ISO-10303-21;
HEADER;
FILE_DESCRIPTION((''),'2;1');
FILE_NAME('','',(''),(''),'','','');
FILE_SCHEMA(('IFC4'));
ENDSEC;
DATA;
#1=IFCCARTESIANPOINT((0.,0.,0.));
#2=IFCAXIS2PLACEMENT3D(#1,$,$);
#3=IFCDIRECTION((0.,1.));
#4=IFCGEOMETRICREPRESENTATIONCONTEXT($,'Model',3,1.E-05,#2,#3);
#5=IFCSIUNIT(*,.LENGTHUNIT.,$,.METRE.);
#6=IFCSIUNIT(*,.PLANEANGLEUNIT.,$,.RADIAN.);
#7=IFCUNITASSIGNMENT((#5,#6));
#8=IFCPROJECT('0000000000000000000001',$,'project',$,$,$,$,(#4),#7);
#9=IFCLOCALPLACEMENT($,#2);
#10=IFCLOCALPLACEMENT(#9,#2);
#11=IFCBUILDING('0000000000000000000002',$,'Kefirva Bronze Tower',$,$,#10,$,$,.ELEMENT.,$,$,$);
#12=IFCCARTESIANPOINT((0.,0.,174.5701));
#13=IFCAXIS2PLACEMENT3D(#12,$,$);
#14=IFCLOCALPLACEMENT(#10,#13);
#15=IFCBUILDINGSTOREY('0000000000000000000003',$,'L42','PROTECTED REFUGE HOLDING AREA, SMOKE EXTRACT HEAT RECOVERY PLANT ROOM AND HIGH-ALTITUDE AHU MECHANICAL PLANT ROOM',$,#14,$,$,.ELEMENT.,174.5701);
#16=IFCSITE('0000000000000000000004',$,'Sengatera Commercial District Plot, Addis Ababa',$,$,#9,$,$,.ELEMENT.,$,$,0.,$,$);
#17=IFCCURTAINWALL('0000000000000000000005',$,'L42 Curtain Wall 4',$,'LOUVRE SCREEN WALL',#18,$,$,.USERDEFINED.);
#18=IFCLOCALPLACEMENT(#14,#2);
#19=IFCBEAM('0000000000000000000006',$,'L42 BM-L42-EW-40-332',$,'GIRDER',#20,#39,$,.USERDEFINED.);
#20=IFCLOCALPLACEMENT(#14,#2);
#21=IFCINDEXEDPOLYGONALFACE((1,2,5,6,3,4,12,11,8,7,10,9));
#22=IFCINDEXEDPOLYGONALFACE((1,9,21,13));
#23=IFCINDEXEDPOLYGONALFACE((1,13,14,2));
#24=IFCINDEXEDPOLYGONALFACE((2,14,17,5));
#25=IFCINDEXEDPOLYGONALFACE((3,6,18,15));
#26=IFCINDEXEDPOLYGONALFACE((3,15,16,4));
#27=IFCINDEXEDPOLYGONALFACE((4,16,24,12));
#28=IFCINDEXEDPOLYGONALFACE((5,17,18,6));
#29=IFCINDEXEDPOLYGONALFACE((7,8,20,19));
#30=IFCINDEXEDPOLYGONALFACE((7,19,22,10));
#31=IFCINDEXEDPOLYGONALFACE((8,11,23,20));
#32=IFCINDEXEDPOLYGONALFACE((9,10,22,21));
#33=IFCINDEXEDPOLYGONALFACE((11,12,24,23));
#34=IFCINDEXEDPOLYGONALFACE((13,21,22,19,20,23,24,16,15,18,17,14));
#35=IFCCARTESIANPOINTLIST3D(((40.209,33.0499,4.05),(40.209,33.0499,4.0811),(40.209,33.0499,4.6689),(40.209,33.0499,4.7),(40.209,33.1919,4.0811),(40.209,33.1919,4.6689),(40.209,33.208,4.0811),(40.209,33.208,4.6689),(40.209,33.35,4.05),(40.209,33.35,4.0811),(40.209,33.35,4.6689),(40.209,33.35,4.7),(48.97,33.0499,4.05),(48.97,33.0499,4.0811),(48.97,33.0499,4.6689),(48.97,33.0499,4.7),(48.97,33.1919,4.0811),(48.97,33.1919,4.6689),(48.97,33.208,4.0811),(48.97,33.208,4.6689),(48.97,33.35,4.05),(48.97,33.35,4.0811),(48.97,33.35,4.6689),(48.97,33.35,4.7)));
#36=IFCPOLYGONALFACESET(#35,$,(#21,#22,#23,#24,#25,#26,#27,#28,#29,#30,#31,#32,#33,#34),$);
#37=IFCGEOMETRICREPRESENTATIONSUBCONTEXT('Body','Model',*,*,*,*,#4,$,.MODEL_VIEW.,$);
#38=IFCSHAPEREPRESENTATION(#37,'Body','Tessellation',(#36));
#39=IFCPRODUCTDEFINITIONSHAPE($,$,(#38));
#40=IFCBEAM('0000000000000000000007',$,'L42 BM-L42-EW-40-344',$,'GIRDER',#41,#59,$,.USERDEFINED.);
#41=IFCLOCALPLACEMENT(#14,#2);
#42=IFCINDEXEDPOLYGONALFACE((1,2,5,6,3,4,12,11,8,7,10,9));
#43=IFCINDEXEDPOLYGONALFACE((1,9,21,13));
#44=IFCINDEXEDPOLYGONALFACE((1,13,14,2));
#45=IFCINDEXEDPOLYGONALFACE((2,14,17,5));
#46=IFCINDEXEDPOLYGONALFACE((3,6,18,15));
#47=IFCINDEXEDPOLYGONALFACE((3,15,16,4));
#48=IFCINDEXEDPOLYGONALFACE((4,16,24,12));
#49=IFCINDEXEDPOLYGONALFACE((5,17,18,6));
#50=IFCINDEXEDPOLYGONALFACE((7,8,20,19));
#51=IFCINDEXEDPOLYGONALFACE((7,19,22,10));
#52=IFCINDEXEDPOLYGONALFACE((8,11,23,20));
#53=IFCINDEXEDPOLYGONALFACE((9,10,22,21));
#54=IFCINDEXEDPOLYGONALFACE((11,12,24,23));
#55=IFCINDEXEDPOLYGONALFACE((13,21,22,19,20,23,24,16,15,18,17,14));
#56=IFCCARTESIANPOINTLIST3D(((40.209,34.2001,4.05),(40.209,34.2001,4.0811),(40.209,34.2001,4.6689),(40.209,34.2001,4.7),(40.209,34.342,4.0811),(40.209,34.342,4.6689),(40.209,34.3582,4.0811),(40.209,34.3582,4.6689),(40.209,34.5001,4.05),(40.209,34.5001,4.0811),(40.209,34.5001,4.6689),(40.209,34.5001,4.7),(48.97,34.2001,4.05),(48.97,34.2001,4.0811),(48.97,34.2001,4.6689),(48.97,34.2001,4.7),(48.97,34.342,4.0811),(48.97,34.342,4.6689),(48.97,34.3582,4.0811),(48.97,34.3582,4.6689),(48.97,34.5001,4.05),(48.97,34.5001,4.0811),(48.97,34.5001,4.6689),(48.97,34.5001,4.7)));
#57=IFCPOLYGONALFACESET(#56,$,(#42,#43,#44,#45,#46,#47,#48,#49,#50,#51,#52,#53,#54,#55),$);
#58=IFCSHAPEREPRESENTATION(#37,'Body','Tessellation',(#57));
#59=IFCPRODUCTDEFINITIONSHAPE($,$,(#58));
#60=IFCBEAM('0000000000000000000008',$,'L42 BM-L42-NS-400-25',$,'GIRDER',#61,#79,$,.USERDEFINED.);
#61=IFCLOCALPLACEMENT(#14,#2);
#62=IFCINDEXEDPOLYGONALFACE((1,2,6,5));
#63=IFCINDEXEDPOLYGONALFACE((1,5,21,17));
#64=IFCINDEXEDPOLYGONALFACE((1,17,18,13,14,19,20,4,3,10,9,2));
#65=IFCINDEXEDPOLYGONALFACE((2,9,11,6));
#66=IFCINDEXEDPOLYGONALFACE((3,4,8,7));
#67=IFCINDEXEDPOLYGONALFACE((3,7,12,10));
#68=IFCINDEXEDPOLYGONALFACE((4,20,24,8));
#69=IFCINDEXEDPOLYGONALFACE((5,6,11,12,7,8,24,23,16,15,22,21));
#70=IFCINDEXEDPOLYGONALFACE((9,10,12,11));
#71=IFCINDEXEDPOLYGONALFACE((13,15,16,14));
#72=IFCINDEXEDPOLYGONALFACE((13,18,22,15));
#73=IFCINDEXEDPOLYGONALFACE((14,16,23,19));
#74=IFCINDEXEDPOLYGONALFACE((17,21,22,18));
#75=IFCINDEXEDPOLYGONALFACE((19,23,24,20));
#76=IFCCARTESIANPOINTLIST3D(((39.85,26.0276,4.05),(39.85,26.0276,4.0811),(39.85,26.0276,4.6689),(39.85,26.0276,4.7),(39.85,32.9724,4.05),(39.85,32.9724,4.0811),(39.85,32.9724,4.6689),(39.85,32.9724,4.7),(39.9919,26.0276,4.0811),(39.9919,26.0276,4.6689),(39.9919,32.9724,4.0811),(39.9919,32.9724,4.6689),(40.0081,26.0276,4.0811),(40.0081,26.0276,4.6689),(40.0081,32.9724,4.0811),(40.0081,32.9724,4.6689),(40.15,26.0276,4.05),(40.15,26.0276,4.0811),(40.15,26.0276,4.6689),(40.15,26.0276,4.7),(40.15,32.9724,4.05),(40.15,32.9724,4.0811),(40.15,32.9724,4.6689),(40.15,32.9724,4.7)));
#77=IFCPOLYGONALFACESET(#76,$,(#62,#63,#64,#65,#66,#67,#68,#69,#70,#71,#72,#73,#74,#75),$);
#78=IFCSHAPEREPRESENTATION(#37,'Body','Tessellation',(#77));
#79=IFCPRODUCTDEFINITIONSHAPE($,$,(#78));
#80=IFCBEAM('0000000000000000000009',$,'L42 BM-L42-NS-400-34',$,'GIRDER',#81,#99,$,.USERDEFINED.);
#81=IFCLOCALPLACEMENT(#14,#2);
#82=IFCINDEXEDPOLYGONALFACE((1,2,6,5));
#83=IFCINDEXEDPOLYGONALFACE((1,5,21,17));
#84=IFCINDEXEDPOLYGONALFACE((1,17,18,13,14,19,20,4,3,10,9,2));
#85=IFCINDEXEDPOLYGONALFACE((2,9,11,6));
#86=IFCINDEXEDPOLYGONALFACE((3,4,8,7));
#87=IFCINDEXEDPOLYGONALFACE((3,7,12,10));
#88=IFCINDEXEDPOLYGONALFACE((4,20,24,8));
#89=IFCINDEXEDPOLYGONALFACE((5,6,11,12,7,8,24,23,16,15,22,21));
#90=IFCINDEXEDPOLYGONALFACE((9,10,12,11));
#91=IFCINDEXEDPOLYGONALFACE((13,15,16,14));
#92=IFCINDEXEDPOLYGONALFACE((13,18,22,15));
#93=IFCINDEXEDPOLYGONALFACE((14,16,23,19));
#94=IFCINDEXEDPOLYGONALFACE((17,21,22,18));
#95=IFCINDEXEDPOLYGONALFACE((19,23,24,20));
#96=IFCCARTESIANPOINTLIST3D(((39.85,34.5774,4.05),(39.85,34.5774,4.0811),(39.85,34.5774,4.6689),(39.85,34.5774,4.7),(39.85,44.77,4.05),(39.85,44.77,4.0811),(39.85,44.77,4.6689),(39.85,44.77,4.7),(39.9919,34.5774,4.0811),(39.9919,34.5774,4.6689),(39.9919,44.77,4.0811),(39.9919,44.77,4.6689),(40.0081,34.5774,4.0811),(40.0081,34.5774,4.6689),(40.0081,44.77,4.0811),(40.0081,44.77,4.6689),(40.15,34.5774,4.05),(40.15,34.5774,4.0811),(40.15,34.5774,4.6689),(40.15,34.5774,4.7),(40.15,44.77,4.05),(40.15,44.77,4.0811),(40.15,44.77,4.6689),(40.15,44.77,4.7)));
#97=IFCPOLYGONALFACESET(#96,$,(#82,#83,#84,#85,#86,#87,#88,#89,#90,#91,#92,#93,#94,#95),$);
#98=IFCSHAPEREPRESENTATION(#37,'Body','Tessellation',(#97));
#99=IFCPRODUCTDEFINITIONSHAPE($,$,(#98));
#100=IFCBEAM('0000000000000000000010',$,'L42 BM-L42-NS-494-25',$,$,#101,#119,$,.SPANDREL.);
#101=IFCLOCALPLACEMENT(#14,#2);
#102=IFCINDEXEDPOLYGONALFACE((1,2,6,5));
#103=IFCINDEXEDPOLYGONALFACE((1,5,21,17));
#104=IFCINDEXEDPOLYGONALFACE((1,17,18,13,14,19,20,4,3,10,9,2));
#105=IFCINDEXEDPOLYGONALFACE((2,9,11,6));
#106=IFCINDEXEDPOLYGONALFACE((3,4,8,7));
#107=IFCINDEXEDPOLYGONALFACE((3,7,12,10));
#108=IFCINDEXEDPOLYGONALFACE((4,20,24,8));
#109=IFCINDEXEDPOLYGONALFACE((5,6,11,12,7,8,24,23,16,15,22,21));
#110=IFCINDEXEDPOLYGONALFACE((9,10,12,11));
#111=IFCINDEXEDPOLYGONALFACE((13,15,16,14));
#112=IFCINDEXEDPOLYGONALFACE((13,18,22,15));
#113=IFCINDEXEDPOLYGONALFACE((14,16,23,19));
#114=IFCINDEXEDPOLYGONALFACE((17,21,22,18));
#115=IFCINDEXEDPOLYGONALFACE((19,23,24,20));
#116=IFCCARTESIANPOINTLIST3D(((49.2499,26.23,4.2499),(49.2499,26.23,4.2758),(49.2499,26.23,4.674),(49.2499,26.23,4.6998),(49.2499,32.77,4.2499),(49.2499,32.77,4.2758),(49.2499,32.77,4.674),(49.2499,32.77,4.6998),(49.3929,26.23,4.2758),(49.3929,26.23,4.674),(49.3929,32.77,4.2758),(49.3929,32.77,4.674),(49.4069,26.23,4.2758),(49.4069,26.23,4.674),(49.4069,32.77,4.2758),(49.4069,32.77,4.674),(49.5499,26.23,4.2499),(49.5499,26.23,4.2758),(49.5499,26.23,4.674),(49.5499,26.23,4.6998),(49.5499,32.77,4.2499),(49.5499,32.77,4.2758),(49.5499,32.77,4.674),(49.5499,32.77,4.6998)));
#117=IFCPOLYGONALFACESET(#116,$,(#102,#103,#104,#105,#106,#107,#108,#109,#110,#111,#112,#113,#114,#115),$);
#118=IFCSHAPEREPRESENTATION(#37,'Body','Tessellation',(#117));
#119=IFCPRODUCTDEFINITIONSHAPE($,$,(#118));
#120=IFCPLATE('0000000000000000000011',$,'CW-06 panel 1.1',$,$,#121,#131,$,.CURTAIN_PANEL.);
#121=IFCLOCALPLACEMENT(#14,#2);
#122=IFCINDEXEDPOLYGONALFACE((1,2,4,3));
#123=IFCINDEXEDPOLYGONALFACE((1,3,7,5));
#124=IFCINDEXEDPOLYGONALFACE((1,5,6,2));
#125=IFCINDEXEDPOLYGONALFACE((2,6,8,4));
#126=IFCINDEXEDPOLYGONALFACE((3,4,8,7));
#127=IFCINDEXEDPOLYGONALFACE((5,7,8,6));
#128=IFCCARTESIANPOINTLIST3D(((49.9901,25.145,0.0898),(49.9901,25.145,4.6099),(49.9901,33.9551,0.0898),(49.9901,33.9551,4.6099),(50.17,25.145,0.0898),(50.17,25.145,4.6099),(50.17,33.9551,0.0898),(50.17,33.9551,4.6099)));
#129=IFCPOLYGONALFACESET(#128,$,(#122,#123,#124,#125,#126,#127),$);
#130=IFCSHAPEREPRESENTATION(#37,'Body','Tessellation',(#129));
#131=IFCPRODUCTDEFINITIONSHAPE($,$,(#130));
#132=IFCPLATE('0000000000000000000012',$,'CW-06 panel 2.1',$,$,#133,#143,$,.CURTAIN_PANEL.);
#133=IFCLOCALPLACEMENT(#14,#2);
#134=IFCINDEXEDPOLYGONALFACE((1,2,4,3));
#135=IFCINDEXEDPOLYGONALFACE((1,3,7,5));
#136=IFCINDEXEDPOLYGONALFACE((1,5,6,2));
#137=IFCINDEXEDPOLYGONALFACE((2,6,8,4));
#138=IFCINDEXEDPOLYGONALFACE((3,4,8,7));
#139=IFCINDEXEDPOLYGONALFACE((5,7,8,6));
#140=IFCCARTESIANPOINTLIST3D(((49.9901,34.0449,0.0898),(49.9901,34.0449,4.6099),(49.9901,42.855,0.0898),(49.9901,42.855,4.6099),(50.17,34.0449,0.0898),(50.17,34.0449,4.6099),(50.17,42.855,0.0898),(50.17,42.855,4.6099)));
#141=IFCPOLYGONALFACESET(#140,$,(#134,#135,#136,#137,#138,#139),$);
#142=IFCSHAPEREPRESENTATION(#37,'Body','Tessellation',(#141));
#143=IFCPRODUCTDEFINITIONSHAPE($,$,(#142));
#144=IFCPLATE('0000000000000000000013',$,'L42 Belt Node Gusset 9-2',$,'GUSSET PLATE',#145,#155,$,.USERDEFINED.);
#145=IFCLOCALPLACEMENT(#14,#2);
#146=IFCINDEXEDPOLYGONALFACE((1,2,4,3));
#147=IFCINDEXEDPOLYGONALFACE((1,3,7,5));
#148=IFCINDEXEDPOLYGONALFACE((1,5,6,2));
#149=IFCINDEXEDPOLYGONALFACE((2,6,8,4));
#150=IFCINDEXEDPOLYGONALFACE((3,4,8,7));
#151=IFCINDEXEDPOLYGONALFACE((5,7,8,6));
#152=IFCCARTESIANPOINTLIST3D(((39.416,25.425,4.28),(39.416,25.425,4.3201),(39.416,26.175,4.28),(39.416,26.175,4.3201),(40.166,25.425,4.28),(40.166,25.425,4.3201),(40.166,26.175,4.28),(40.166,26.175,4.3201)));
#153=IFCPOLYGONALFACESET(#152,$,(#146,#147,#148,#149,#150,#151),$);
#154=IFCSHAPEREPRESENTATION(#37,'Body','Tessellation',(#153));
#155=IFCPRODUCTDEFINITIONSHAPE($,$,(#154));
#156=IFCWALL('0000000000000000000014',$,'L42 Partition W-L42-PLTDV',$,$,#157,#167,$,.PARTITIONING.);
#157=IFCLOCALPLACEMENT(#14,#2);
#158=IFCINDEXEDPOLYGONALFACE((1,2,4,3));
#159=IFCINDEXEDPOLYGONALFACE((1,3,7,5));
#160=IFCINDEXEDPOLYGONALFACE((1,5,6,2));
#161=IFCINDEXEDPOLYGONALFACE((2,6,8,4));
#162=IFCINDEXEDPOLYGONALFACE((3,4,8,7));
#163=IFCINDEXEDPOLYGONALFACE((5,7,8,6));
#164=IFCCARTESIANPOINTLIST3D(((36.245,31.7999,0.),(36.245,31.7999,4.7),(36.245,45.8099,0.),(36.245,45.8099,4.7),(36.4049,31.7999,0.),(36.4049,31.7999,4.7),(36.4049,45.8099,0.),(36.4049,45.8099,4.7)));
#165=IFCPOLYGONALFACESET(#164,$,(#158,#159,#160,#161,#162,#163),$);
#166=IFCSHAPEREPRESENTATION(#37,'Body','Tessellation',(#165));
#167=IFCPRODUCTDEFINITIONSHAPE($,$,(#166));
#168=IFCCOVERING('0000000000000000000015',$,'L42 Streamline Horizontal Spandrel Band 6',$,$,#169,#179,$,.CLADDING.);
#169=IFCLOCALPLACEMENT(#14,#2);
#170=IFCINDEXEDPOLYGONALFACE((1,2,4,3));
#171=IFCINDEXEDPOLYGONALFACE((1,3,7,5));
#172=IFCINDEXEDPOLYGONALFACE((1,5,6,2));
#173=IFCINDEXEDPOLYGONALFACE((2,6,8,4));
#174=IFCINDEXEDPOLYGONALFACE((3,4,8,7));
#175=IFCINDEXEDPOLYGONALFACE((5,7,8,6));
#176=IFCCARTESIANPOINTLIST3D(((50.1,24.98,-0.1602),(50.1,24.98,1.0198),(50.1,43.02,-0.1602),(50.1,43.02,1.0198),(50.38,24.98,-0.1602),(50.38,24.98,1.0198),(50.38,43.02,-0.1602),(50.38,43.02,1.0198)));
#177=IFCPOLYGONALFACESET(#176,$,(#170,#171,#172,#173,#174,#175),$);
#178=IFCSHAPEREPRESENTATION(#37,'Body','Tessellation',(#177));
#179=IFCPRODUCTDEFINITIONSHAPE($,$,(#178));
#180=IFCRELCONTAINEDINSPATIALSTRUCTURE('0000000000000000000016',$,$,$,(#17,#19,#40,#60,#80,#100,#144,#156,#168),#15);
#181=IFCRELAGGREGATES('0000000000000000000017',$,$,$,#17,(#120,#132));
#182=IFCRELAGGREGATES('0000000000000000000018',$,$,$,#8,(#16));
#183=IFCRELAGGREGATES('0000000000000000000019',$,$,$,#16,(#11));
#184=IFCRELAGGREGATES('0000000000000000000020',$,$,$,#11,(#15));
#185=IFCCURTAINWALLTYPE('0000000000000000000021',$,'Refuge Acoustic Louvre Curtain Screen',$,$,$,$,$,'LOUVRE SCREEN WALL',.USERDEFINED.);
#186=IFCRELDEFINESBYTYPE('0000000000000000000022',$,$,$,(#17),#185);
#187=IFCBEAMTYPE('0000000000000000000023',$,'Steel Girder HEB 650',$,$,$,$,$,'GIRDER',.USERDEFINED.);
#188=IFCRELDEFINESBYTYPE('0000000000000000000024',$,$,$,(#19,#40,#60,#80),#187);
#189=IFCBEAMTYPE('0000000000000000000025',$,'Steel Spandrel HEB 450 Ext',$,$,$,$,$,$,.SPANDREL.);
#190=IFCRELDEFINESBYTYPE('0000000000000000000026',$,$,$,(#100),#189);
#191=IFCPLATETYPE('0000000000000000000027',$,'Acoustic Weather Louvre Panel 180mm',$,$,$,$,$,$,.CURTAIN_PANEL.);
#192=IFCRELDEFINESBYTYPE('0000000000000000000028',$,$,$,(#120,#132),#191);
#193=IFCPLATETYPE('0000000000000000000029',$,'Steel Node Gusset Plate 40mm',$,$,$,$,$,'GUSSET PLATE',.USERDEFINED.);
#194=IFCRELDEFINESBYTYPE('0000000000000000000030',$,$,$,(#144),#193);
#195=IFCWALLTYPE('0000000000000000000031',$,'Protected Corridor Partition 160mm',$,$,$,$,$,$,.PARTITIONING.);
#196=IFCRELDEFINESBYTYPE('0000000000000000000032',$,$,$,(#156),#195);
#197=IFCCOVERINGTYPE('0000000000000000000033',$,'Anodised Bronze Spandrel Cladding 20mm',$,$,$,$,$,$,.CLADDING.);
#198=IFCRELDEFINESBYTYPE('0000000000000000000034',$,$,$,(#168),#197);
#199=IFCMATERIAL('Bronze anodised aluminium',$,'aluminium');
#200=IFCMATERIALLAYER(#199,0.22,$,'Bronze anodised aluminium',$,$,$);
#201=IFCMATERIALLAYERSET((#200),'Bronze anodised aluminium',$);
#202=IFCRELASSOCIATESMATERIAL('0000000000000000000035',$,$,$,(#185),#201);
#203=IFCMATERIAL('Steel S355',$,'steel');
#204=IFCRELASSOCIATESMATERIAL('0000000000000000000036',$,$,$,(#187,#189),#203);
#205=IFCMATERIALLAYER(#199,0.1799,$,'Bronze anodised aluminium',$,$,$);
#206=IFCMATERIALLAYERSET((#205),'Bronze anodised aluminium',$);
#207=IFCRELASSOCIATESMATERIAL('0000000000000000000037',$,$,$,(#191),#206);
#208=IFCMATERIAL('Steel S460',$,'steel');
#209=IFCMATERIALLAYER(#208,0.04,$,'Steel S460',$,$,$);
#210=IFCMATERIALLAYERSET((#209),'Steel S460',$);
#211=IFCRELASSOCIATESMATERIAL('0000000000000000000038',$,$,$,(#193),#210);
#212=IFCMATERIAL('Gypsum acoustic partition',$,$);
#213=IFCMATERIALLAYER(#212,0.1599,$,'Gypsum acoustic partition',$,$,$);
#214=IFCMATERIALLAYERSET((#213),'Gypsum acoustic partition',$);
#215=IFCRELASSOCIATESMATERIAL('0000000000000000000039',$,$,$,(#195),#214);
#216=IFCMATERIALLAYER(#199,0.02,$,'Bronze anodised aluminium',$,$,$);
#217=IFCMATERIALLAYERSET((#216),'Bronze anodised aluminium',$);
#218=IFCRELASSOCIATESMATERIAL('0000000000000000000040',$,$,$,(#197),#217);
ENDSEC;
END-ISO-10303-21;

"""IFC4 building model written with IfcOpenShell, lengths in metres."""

from ifc_helpers import new_model, si_unit, direction, frame, frame_2d, origin, origin_2d, place, context, subcontext, project, spatial, rectangle, i_section, extrude, material, layer, layer_set, material_profile, profile_set, type_object, element, aggregate, save


model = new_model("IFC4")

# Units and contexts
model_context = context("Model", 3, precision=1e-05, world=origin(), true_north=direction((0.0, 1.0)))
body_context = subcontext(model_context, "Body", "Model", "MODEL_VIEW")
ifc_project = project(units=[si_unit("LENGTHUNIT", "METRE"), si_unit("PLANEANGLEUNIT", "RADIAN")], contexts=[model_context])

# Site, building, storey
site_placement = place(None, origin())
site = spatial("IfcSite", under=ifc_project, at=site_placement, Name="Sengatera Commercial District Plot, Addis Ababa", CompositionType="ELEMENT", RefElevation=0.0)
building_placement = place(site_placement, origin())
building = spatial("IfcBuilding", under=site, at=building_placement, Name="Kefirva Bronze Tower", CompositionType="ELEMENT")
storey_placement = place(building_placement, frame((0.0, 0.0, 174.5701)))
storey = spatial("IfcBuildingStorey", under=building, at=storey_placement, Name="L42", Description="PROTECTED REFUGE HOLDING AREA, SMOKE EXTRACT HEAT RECOVERY PLANT ROOM AND HIGH-ALTITUDE AHU MECHANICAL PLANT ROOM", CompositionType="ELEMENT", Elevation=174.5701)

# Shared definitions
ifc_material_1 = material(Name="Steel S460", Category="steel")

# Curtain wall
ifc_material_2 = material(Name="Bronze anodised aluminium", Category="aluminium")
ifc_layer_1 = layer(ifc_material_2, 0.22, Name="Bronze anodised aluminium")
ifc_layer_set_1 = layer_set([ifc_layer_1], Name="Bronze anodised aluminium")
curtain_wall_type = type_object("IfcCurtainWallType", Name="Refuge Acoustic Louvre Curtain Screen", ElementType="LOUVRE SCREEN WALL", PredefinedType="USERDEFINED", material=ifc_layer_set_1)
curtain_wall_placement = place(storey_placement, origin())
curtain_wall = element("IfcCurtainWall", 1, at=curtain_wall_placement, inside=storey, type_object=curtain_wall_type, Name="L42 Curtain Wall 4", ObjectType="LOUVRE SCREEN WALL", PredefinedType="USERDEFINED")

# Beams
ifc_material_3 = material(Name="Steel S355", Category="steel")
ifc_material_profile_1 = material_profile(ifc_material_3, i_section(OverallWidth=0.3, OverallDepth=0.6499, WebThickness=0.0161, FlangeThickness=0.031, at=origin_2d()), Name="HEB 650")
ifc_profile_set_1 = profile_set([ifc_material_profile_1], Name="Steel S355")
beam_type_1 = type_object("IfcBeamType", Name="Steel Girder HEB 650", ElementType="GIRDER", PredefinedType="USERDEFINED", material=ifc_profile_set_1)
for number, where, z_axis, x_axis, name in (
    (2, (40.209, 33.2, 4.375), (1.0, 0.0, 0.0), (0.0, 1.0, 0.0), "L42 BM-L42-EW-40-332"),
    (3, (40.209, 34.3501, 4.375), (1.0, 0.0, 0.0), (0.0, 1.0, 0.0), "L42 BM-L42-EW-40-344"),
):
    element("IfcBeam", number, at=place(storey_placement, frame(where, z_axis=z_axis, x_axis=x_axis)), inside=storey, type_object=beam_type_1, Name=name, ObjectType="GIRDER", PredefinedType="USERDEFINED", context=body_context, shape_type="SweptSolid", body=[
        extrude(i_section(OverallWidth=0.3, OverallDepth=0.6499, WebThickness=0.0161, FlangeThickness=0.031, at=origin_2d()), origin(), (0.0, 0.0, 1.0), 8.761),
    ])
beam_1_placement = place(storey_placement, frame((40.0, 26.0276, 4.375), z_axis=(0.0, 1.0, 0.0), x_axis=(-1.0, 0.0, 0.0)))
element("IfcBeam", 4, at=beam_1_placement, inside=storey, type_object=beam_type_1, Name="L42 BM-L42-NS-400-25", ObjectType="GIRDER", PredefinedType="USERDEFINED", context=body_context, shape_type="SweptSolid", body=[
    extrude(i_section(OverallWidth=0.3, OverallDepth=0.6499, WebThickness=0.0161, FlangeThickness=0.031, at=origin_2d()), origin(), (0.0, 0.0, 1.0), 6.9448),
])
beam_2_placement = place(storey_placement, frame((40.0, 34.5774, 4.375), z_axis=(0.0, 1.0, 0.0), x_axis=(-1.0, 0.0, 0.0)))
element("IfcBeam", 5, at=beam_2_placement, inside=storey, type_object=beam_type_1, Name="L42 BM-L42-NS-400-34", ObjectType="GIRDER", PredefinedType="USERDEFINED", context=body_context, shape_type="SweptSolid", body=[
    extrude(i_section(OverallWidth=0.3, OverallDepth=0.6499, WebThickness=0.0161, FlangeThickness=0.031, at=origin_2d()), origin(), (0.0, 0.0, 1.0), 10.1926),
])
ifc_material_profile_2 = material_profile(ifc_material_3, i_section(OverallWidth=0.3, OverallDepth=0.45, WebThickness=0.0139, FlangeThickness=0.0259, at=origin_2d()), Name="HEB 450")
ifc_profile_set_2 = profile_set([ifc_material_profile_2], Name="Steel S355")
beam_type_2 = type_object("IfcBeamType", Name="Steel Spandrel HEB 450 Ext", PredefinedType="SPANDREL", material=ifc_profile_set_2)
beam_3_placement = place(storey_placement, frame((49.3999, 26.23, 4.4749), z_axis=(0.0, 1.0, 0.0), x_axis=(-1.0, 0.0, 0.0)))
element("IfcBeam", 6, at=beam_3_placement, inside=storey, type_object=beam_type_2, Name="L42 BM-L42-NS-494-25", PredefinedType="SPANDREL", context=body_context, shape_type="SweptSolid", body=[
    extrude(i_section(OverallWidth=0.3, OverallDepth=0.45, WebThickness=0.0139, FlangeThickness=0.0259, at=origin_2d()), origin(), (0.0, 0.0, 1.0), 6.54),
])

# Plates
ifc_layer_2 = layer(ifc_material_2, 0.1799, Name="Bronze anodised aluminium")
ifc_layer_set_2 = layer_set([ifc_layer_2], Name="Bronze anodised aluminium")
plate_type_1 = type_object("IfcPlateType", Name="Acoustic Weather Louvre Panel 180mm", PredefinedType="CURTAIN_PANEL", material=ifc_layer_set_2)
plate_1_placement = place(storey_placement, frame((50.0801, 29.55, 0.0898), z_axis=(0.0, 0.0, 1.0), x_axis=(0.0, 1.0, 0.0)))
plate_1 = element("IfcPlate", 7, at=plate_1_placement, type_object=plate_type_1, Name="CW-06 panel 1.1", PredefinedType="CURTAIN_PANEL", context=body_context, shape_type="SweptSolid", body=[
    extrude(rectangle(XDim=8.8101, YDim=0.1799, at=origin_2d()), origin(), (0.0, 0.0, 1.0), 4.52),
])
plate_2_placement = place(storey_placement, frame((50.0801, 38.45, 0.0898), z_axis=(0.0, 0.0, 1.0), x_axis=(0.0, 1.0, 0.0)))
plate_2 = element("IfcPlate", 8, at=plate_2_placement, type_object=plate_type_1, Name="CW-06 panel 2.1", PredefinedType="CURTAIN_PANEL", context=body_context, shape_type="SweptSolid", body=[
    extrude(rectangle(XDim=8.8101, YDim=0.1799, at=origin_2d()), origin(), (0.0, 0.0, 1.0), 4.52),
])
aggregate(curtain_wall, [plate_1, plate_2])
ifc_layer_3 = layer(ifc_material_1, 0.04, Name="Steel S460")
ifc_layer_set_3 = layer_set([ifc_layer_3], Name="Steel S460")
plate_type_2 = type_object("IfcPlateType", Name="Steel Node Gusset Plate 40mm", ElementType="GUSSET PLATE", PredefinedType="USERDEFINED", material=ifc_layer_set_3)
plate_3_placement = place(storey_placement, frame((39.791, 25.8, 4.28), z_axis=(0.0, 0.0, 1.0), x_axis=(1.0, 0.0, 0.0)))
element("IfcPlate", 9, at=plate_3_placement, inside=storey, type_object=plate_type_2, Name="L42 Belt Node Gusset 9-2", ObjectType="GUSSET PLATE", PredefinedType="USERDEFINED", context=body_context, shape_type="SweptSolid", body=[
    extrude(rectangle(XDim=0.75, YDim=0.75, at=origin_2d()), origin(), (0.0, 0.0, 1.0), 0.04),
])

# Wall
ifc_material_4 = material(Name="Gypsum acoustic partition")
ifc_layer_4 = layer(ifc_material_4, 0.1599, Name="Gypsum acoustic partition")
ifc_layer_set_4 = layer_set([ifc_layer_4], Name="Gypsum acoustic partition")
wall_type = type_object("IfcWallType", Name="Protected Corridor Partition 160mm", PredefinedType="PARTITIONING", material=ifc_layer_set_4)
wall_placement = place(storey_placement, frame((36.325, 31.8, 0.0), z_axis=(0.0, 0.0, 1.0), x_axis=(0.0, 1.0, 0.0)))
element("IfcWall", 10, at=wall_placement, inside=storey, type_object=wall_type, Name="L42 Partition W-L42-PLTDV", PredefinedType="PARTITIONING", context=body_context, shape_type="SweptSolid", body=[
    extrude(rectangle(XDim=14.01, YDim=0.1599, at=frame_2d((7.0049, 0.0))), origin(), (0.0, 0.0, 1.0), 4.7),
])

# Covering
ifc_layer_5 = layer(ifc_material_2, 0.02, Name="Bronze anodised aluminium")
ifc_layer_set_5 = layer_set([ifc_layer_5], Name="Bronze anodised aluminium")
covering_type_1 = type_object("IfcCoveringType", Name="Anodised Bronze Spandrel Cladding 20mm", PredefinedType="CLADDING", material=ifc_layer_set_5)
covering_1_placement = place(storey_placement, frame((50.24, 34.0, -0.1602), z_axis=(0.0, 0.0, 1.0), x_axis=(0.0, 1.0, 0.0)))
element("IfcCovering", 11, at=covering_1_placement, inside=storey, type_object=covering_type_1, Name="L42 Streamline Horizontal Spandrel Band 6", PredefinedType="CLADDING", context=body_context, shape_type="SweptSolid", body=[
    extrude(rectangle(XDim=18.04, YDim=0.28, at=origin_2d()), origin(), (0.0, 0.0, 1.0), 1.1799),
])

save(model, "model.ifc")
